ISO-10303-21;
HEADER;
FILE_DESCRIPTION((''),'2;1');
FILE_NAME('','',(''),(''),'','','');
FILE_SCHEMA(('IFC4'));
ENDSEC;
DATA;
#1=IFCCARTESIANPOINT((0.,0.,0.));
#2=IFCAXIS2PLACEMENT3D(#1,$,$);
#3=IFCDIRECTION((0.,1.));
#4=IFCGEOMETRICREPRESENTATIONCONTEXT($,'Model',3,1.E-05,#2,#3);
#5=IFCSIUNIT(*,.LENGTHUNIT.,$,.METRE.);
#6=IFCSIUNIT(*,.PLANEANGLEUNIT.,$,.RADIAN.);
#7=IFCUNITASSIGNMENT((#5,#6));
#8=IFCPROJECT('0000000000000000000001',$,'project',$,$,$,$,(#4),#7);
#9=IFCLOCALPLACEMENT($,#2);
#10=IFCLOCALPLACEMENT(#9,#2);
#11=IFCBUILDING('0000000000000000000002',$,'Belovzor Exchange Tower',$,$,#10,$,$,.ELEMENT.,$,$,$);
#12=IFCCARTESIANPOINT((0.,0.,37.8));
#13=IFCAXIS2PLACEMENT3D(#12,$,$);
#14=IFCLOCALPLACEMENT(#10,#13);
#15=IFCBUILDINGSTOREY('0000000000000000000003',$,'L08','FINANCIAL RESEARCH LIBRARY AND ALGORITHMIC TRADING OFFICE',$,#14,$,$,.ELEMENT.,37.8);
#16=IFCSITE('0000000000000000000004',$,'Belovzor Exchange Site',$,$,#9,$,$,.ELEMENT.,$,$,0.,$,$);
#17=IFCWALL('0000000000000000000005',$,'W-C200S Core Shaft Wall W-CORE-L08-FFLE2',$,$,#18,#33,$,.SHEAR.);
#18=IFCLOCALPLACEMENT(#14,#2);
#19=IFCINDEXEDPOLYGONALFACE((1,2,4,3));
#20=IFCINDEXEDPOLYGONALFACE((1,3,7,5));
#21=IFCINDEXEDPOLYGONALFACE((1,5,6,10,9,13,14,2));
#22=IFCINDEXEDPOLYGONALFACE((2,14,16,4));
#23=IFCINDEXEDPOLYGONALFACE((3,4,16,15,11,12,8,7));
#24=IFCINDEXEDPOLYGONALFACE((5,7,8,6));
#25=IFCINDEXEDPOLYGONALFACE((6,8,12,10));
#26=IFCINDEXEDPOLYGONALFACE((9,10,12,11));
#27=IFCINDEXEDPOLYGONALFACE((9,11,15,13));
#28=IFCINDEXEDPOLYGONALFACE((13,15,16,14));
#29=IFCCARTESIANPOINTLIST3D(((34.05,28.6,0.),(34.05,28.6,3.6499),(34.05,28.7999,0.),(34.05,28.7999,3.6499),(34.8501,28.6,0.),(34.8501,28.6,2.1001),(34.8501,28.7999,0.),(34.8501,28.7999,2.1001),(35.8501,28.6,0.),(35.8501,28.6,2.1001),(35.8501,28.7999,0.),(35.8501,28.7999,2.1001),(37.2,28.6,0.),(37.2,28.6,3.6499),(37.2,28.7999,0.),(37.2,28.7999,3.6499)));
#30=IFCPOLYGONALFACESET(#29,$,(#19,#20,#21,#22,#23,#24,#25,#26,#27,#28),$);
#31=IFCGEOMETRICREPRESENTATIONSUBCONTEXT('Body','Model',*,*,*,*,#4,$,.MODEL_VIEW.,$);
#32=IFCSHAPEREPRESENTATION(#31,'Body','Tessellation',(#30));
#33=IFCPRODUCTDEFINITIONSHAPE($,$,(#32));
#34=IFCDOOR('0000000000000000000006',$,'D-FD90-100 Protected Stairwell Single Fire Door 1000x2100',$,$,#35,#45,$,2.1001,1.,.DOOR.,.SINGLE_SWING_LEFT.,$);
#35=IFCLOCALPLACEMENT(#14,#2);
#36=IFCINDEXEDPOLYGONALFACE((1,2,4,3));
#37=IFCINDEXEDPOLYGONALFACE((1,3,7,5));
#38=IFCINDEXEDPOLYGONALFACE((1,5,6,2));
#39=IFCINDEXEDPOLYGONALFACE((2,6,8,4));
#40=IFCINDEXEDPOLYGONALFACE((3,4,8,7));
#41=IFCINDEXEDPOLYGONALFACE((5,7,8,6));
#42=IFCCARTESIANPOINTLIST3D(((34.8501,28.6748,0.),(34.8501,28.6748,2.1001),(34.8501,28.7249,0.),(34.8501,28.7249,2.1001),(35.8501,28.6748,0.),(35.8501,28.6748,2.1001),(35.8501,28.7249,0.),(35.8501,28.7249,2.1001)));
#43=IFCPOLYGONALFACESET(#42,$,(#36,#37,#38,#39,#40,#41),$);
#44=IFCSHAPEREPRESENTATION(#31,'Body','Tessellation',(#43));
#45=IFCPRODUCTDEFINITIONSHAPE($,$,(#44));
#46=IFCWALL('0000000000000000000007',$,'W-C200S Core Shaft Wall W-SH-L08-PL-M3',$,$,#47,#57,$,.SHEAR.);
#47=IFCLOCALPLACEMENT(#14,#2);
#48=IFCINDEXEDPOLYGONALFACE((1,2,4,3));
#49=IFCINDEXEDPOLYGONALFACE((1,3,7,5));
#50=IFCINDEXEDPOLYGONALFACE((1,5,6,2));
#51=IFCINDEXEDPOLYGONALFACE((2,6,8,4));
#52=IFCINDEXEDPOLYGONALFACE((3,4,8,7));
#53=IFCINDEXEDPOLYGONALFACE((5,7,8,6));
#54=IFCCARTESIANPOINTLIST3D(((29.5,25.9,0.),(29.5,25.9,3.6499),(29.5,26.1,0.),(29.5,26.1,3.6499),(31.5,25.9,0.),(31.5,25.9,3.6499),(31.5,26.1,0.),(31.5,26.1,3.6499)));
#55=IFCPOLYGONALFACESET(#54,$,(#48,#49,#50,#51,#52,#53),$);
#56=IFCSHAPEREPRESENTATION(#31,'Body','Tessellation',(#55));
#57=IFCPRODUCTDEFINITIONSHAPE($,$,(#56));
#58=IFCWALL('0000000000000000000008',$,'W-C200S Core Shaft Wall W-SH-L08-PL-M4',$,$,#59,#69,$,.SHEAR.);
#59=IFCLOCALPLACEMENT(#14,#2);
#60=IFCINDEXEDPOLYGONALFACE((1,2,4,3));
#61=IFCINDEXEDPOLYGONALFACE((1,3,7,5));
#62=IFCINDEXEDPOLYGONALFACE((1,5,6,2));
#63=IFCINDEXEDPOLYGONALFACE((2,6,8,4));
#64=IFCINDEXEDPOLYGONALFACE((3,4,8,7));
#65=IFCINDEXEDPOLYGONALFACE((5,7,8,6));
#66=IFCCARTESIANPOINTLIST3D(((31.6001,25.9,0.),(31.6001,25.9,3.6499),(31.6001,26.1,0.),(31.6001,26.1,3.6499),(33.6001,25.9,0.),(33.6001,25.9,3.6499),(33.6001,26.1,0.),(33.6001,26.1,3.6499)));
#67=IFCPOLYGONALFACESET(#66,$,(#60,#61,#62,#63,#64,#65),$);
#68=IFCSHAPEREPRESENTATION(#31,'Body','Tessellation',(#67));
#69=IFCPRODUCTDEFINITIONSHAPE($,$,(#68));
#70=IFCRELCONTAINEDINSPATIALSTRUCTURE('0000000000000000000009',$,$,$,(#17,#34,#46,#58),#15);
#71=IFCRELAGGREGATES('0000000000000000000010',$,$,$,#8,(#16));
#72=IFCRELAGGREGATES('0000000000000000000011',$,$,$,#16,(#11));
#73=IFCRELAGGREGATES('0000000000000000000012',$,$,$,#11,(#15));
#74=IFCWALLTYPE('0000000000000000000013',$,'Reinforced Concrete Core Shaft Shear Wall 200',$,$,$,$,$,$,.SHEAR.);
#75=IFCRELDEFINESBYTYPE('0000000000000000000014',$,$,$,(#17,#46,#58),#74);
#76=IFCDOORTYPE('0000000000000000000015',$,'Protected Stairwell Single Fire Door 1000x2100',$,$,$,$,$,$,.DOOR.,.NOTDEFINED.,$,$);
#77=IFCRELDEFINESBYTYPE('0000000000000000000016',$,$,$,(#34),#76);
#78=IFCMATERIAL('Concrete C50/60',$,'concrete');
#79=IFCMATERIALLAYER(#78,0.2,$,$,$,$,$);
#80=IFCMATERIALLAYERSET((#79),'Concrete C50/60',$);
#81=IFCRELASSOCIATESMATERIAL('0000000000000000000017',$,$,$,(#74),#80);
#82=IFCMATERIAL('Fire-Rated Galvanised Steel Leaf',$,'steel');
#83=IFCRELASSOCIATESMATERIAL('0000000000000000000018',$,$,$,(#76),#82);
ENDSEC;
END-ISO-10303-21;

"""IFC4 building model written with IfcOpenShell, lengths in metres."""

from ifc_helpers import new_model, si_unit, direction, frame, frame_2d, origin, place, context, subcontext, project, spatial, rectangle, extrude, material, layer, layer_set, type_object, element, fill, save


model = new_model("IFC4")

# Units and contexts
model_context = context("Model", 3, precision=1e-05, world=origin(), true_north=direction((0.0, 1.0)))
body_context = subcontext(model_context, "Body", "Model", "MODEL_VIEW")
ifc_project = project(units=[si_unit("LENGTHUNIT", "METRE"), si_unit("PLANEANGLEUNIT", "RADIAN")], contexts=[model_context])

# Site, building, storey
site_placement = place(None, origin())
site = spatial("IfcSite", under=ifc_project, at=site_placement, Name="Belovzor Exchange Site", CompositionType="ELEMENT", RefElevation=0.0)
building_placement = place(site_placement, origin())
building = spatial("IfcBuilding", under=site, at=building_placement, Name="Belovzor Exchange Tower", CompositionType="ELEMENT")
storey_placement = place(building_placement, frame((0.0, 0.0, 37.8)))
storey = spatial("IfcBuildingStorey", under=building, at=storey_placement, Name="L08", Description="FINANCIAL RESEARCH LIBRARY AND ALGORITHMIC TRADING OFFICE", CompositionType="ELEMENT", Elevation=37.8)

# Wall, opening, door
ifc_material_1 = material(Name="Concrete C50/60", Category="concrete")
ifc_layer_1 = layer(ifc_material_1, 0.2)
ifc_layer_set_1 = layer_set([ifc_layer_1], Name="Concrete C50/60")
wall_type_1 = type_object("IfcWallType", Name="Reinforced Concrete Core Shaft Shear Wall 200", PredefinedType="SHEAR", material=ifc_layer_set_1)
wall_1_placement = place(storey_placement, frame((34.05, 28.7, 0.0), z_axis=(0.0, 0.0, 1.0), x_axis=(1.0, 0.0, 0.0)))
wall_1 = element("IfcWall", 1, at=wall_1_placement, inside=storey, type_object=wall_type_1, Name="W-C200S Core Shaft Wall W-CORE-L08-FFLE2", PredefinedType="SHEAR", context=body_context, shape_type="SweptSolid", body=[
    extrude(rectangle(XDim=3.1499, YDim=0.2, at=frame_2d((1.575, 0.0))), origin(), (0.0, 0.0, 1.0), 3.6499),
])
opening_1_placement = place(wall_1_placement, frame((0.8, 0.0, 0.0)))
opening_1 = element("IfcOpeningElement", 2, at=opening_1_placement, cuts=wall_1, PredefinedType="OPENING", context=body_context, shape_type="SweptSolid", body=[
    extrude(rectangle(XDim=1.0, YDim=2.1001, at=frame_2d((0.5, 1.05))), frame((0.0, 0.1099, 0.0), z_axis=(0.0, -1.0, 0.0), x_axis=(1.0, 0.0, 0.0)), (0.0, 0.0, 1.0), 0.22),
])
ifc_material_2 = material(Name="Fire-Rated Galvanised Steel Leaf", Category="steel")
door_type_1 = type_object("IfcDoorType", Name="Protected Stairwell Single Fire Door 1000x2100", OperationType="NOTDEFINED", PredefinedType="DOOR", material=ifc_material_2)
door_1_placement = place(opening_1_placement, origin())
door_1 = element("IfcDoor", 3, at=door_1_placement, inside=storey, type_object=door_type_1, Name="D-FD90-100 Protected Stairwell Single Fire Door 1000x2100", OperationType="SINGLE_SWING_LEFT", OverallHeight=2.1001, OverallWidth=1.0, PredefinedType="DOOR", context=body_context, shape_type="SweptSolid", body=[
    extrude(rectangle(XDim=1.0, YDim=2.1001, at=frame_2d((0.5, 1.05))), frame((0.0, 0.0249, 0.0), z_axis=(0.0, -1.0, 0.0), x_axis=(1.0, 0.0, 0.0)), (0.0, 0.0, 1.0), 0.05),
])
fill(opening_1, door_1)

# Walls
for number, where, z_axis, x_axis, name in (
    (4, (29.5, 26.0, 0.0), (0.0, 0.0, 1.0), (1.0, 0.0, 0.0), "W-C200S Core Shaft Wall W-SH-L08-PL-M3"),
    (5, (31.6001, 26.0, 0.0), (0.0, 0.0, 1.0), (1.0, 0.0, 0.0), "W-C200S Core Shaft Wall W-SH-L08-PL-M4"),
):
    element("IfcWall", number, at=place(storey_placement, frame(where, z_axis=z_axis, x_axis=x_axis)), inside=storey, type_object=wall_type_1, Name=name, PredefinedType="SHEAR", context=body_context, shape_type="SweptSolid", body=[
        extrude(rectangle(XDim=2.0, YDim=0.2, at=frame_2d((1.0, 0.0))), origin(), (0.0, 0.0, 1.0), 3.6499),
    ])

save(model, "model.ifc")
